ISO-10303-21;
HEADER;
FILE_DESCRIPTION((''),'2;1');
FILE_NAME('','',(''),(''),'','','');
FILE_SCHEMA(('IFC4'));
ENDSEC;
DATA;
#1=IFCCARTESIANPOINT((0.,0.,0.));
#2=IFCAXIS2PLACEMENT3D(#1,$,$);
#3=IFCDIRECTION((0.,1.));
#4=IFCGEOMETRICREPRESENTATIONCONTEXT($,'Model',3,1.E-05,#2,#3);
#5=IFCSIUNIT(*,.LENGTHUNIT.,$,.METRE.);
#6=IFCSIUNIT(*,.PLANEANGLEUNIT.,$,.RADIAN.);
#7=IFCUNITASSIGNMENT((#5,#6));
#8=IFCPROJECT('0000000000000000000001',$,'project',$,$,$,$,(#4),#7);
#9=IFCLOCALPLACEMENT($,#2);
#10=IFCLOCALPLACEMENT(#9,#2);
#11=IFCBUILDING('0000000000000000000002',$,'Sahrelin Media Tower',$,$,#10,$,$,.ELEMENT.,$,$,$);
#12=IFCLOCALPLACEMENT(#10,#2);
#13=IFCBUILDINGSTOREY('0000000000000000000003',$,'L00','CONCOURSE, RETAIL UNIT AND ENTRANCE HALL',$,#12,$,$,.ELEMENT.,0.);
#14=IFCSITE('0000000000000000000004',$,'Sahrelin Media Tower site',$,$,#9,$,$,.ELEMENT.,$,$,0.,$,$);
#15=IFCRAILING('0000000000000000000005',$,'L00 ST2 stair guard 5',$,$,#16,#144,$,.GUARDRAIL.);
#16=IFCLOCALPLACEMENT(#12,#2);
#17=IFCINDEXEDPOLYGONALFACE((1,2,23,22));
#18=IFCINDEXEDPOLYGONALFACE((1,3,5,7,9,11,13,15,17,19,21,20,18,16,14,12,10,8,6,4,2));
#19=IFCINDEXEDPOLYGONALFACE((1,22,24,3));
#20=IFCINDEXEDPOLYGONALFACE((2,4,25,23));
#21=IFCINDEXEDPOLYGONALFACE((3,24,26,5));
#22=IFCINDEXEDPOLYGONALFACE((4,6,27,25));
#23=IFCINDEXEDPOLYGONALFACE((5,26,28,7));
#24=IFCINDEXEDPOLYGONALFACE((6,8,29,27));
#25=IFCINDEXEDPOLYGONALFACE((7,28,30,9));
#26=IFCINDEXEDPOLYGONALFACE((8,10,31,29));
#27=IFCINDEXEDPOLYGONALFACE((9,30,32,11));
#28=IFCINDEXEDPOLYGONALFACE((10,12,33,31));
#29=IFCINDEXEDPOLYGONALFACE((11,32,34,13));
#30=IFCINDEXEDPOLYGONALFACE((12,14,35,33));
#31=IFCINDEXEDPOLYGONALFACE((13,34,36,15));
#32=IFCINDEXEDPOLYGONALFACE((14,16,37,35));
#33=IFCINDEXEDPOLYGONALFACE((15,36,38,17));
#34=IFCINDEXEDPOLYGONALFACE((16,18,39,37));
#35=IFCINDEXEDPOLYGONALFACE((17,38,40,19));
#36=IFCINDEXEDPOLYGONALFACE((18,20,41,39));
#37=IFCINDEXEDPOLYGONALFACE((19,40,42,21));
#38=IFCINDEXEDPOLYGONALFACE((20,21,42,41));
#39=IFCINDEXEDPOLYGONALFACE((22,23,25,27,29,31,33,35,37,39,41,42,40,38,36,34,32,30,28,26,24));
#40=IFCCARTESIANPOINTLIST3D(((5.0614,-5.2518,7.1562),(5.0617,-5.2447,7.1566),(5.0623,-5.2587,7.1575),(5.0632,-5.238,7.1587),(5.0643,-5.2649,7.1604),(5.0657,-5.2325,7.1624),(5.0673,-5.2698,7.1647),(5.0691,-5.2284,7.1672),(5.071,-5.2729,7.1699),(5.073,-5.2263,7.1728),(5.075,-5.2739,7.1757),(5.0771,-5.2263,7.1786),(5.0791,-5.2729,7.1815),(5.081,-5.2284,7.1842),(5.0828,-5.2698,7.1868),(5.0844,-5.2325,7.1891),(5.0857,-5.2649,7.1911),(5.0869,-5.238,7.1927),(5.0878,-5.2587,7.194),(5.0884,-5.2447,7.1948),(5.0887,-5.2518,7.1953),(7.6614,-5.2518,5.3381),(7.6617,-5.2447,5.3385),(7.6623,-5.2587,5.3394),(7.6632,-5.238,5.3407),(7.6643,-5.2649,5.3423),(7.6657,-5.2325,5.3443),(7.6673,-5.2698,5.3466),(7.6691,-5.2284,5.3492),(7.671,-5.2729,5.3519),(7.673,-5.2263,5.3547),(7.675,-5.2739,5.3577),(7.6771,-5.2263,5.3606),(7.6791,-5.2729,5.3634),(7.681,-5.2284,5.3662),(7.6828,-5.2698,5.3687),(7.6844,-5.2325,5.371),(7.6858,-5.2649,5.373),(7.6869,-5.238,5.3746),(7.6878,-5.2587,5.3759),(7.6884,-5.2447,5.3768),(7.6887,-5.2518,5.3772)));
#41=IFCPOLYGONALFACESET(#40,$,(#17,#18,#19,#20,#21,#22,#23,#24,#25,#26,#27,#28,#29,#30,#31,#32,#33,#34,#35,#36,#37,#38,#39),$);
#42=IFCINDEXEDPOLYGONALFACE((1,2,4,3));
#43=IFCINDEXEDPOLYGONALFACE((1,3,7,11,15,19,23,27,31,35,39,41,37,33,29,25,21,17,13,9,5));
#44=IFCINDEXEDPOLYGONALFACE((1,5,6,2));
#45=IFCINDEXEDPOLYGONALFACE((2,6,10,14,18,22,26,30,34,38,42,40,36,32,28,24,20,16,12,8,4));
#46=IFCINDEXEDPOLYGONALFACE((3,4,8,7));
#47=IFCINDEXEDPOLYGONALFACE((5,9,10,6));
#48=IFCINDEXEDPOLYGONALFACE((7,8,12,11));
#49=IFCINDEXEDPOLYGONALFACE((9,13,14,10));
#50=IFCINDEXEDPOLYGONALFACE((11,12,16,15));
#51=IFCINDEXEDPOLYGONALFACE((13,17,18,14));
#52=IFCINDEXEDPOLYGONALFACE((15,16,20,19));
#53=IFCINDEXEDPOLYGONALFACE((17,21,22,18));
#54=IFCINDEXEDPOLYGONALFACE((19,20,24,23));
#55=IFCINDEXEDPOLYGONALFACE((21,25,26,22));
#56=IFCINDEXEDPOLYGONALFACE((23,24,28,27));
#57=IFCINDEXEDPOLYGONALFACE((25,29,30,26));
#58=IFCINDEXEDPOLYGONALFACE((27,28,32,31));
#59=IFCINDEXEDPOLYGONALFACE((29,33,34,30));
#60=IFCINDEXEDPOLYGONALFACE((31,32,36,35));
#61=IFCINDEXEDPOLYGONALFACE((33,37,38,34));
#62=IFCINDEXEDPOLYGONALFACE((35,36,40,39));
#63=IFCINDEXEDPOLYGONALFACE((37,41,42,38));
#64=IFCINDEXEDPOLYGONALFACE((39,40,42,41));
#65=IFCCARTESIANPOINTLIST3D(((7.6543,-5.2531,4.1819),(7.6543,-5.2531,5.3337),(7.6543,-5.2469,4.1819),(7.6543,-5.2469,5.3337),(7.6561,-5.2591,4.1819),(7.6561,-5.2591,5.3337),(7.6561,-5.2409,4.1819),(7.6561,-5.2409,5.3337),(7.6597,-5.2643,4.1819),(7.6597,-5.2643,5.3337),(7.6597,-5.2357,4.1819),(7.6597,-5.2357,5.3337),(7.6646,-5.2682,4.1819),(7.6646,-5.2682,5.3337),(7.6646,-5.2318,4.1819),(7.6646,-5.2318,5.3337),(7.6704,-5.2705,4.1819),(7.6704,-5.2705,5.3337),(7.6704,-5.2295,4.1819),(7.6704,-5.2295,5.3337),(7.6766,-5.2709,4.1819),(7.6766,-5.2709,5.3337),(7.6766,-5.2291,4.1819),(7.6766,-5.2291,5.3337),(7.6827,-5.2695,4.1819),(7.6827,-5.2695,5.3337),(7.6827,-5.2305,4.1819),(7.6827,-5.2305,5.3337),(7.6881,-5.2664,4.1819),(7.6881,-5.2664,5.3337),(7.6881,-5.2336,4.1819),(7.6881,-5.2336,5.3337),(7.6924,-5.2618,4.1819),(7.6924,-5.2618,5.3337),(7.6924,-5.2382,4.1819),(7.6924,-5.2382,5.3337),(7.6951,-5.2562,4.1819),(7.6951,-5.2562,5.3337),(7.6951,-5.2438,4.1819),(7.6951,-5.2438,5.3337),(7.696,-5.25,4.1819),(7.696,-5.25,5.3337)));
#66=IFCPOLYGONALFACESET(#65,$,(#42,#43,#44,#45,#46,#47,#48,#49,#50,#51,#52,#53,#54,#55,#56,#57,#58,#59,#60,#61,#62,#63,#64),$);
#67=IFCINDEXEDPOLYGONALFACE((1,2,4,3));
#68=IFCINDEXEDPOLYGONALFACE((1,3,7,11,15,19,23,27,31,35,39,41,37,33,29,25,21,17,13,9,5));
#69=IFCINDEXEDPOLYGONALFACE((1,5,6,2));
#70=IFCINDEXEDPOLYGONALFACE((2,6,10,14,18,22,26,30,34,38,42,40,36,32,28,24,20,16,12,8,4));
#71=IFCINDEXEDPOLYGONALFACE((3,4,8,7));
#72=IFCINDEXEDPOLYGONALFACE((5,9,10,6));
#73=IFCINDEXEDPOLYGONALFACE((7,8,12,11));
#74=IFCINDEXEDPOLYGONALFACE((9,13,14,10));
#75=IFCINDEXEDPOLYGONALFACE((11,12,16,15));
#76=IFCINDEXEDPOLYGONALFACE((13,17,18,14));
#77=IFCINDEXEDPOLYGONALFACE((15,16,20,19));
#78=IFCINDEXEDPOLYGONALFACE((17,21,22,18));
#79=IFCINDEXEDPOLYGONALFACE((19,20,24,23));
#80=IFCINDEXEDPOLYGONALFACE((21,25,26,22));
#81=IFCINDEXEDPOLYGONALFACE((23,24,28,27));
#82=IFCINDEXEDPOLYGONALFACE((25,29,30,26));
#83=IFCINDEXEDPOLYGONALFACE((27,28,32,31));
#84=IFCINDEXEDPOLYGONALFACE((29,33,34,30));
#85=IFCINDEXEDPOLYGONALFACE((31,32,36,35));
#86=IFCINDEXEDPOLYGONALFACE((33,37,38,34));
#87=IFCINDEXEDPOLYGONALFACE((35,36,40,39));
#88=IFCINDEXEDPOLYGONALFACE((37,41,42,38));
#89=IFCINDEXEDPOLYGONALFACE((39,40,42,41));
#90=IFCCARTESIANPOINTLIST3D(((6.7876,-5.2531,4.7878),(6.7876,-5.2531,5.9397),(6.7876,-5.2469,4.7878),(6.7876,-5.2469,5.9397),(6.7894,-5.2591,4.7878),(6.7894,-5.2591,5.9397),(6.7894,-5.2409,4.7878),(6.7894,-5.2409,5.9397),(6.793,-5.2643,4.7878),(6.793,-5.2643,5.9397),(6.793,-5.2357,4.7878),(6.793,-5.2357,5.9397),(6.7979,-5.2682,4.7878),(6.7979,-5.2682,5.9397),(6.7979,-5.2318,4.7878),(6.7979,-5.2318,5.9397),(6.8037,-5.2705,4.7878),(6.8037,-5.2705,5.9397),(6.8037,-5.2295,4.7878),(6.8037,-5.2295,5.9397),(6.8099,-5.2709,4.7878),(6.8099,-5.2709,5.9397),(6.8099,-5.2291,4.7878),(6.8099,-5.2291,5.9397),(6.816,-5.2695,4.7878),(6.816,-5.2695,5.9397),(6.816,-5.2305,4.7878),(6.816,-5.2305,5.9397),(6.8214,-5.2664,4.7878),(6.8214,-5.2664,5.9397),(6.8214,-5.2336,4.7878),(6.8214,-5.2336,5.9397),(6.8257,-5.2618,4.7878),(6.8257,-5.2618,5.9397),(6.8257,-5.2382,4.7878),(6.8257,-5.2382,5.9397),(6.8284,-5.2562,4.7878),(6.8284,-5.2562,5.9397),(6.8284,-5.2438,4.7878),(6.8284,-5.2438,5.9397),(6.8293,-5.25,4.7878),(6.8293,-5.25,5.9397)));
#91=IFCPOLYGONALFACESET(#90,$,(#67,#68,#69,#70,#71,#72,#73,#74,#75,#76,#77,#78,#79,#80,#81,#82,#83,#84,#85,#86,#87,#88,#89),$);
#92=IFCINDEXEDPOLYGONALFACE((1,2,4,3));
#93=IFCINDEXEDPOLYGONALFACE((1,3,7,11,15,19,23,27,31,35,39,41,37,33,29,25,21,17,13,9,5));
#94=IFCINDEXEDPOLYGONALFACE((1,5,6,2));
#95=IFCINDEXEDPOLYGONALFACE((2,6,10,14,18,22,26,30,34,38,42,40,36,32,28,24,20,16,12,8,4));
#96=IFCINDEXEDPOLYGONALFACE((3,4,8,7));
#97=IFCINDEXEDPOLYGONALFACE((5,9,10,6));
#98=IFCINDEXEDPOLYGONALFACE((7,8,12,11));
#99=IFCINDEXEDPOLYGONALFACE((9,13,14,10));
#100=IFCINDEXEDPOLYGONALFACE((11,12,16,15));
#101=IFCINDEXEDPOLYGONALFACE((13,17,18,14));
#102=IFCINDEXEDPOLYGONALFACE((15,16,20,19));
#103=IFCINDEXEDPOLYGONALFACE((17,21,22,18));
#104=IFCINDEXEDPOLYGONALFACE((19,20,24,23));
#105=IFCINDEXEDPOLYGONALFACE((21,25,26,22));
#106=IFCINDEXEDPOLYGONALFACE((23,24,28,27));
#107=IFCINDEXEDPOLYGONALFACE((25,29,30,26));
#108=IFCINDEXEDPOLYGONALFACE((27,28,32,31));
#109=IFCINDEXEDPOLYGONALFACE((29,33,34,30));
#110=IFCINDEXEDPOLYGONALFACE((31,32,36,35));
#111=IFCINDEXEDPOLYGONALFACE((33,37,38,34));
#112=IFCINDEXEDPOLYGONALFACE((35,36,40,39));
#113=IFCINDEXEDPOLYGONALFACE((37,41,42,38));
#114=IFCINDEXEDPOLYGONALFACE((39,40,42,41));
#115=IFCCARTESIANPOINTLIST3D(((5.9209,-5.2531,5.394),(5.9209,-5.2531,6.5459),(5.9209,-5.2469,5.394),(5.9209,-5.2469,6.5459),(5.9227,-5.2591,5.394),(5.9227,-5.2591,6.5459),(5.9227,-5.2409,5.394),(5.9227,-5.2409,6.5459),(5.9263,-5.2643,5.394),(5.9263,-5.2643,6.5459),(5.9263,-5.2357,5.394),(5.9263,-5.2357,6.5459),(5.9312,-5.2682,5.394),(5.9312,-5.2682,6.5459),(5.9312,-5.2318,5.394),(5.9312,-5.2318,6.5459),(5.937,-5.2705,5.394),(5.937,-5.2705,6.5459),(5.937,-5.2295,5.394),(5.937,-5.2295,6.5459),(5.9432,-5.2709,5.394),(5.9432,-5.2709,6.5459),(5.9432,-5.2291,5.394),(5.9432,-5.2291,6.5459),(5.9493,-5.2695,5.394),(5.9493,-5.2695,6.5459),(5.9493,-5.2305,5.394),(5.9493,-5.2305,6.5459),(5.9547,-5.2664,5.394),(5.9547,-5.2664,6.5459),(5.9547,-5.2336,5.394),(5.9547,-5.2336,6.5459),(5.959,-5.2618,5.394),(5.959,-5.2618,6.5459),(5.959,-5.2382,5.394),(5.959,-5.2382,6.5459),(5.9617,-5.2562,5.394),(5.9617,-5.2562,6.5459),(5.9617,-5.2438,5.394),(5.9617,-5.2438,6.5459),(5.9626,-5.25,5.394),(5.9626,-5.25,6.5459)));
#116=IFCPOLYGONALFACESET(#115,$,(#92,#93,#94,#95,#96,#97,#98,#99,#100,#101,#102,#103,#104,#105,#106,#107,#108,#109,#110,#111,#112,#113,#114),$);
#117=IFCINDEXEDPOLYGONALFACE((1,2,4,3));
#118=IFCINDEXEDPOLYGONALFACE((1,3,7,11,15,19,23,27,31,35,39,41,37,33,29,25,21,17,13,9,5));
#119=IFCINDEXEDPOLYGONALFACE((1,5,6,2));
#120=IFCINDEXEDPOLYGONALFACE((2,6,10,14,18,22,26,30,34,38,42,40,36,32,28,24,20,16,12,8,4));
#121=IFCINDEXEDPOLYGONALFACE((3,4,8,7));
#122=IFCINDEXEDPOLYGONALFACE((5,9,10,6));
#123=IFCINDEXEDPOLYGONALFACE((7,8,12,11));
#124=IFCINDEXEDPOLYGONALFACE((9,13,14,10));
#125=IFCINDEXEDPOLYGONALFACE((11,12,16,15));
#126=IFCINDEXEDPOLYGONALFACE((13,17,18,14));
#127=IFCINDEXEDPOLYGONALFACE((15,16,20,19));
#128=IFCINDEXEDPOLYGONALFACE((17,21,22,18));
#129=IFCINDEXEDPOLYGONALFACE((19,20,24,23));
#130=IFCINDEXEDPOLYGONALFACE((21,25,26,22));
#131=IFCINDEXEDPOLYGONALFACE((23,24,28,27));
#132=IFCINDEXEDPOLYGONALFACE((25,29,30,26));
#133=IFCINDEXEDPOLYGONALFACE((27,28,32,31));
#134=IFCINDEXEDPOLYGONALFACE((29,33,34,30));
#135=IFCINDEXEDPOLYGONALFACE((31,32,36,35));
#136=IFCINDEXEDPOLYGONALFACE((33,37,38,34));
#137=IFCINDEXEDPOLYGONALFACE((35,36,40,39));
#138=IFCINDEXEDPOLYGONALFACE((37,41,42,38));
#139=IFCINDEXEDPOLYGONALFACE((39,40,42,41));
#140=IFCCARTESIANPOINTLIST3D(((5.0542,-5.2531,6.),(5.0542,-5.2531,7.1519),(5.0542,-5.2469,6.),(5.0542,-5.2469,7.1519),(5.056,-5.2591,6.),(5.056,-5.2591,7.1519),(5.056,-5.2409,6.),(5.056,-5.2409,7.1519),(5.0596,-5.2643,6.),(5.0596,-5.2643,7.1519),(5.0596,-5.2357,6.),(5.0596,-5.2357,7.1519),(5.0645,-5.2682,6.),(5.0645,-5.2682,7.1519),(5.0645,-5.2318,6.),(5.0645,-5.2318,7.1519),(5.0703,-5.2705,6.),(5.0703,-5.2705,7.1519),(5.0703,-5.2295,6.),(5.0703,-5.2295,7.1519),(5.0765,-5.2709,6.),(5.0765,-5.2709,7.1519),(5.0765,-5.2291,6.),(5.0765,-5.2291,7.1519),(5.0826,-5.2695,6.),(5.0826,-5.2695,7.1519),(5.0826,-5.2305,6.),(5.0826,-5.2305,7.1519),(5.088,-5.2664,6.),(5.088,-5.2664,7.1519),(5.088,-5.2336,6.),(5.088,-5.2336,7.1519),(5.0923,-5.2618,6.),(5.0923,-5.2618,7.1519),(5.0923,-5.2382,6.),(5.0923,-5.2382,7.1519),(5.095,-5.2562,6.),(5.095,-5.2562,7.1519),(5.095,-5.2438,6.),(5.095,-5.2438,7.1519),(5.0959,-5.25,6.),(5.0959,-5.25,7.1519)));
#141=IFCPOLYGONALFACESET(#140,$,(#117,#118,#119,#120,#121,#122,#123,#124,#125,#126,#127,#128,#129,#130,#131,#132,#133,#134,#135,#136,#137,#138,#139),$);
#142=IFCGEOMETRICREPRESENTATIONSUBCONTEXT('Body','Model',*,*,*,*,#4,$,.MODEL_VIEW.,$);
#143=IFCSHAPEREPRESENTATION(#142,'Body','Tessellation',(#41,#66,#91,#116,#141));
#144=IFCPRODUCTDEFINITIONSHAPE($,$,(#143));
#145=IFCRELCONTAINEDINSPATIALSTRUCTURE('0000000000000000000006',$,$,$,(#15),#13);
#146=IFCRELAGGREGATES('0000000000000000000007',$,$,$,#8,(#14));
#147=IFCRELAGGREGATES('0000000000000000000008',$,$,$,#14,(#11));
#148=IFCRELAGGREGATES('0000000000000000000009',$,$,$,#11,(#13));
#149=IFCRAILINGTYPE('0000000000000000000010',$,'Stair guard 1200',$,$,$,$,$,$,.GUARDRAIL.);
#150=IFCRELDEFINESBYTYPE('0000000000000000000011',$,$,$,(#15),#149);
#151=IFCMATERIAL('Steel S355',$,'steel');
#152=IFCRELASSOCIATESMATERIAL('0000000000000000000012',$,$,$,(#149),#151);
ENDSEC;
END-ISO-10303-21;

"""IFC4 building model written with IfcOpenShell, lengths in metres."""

from ifc_helpers import new_model, si_unit, direction, frame, origin, origin_2d, place, context, subcontext, project, spatial, circle, extrude, material, type_object, element, save


model = new_model("IFC4")

# Units and contexts
model_context = context("Model", 3, precision=1e-05, world=origin(), true_north=direction((0.0, 1.0)))
body_context = subcontext(model_context, "Body", "Model", "MODEL_VIEW")
ifc_project = project(units=[si_unit("LENGTHUNIT", "METRE"), si_unit("PLANEANGLEUNIT", "RADIAN")], contexts=[model_context])

# Site, building, storey
site_placement = place(None, origin())
site = spatial("IfcSite", under=ifc_project, at=site_placement, Name="Sahrelin Media Tower site", CompositionType="ELEMENT", RefElevation=0.0)
building_placement = place(site_placement, origin())
building = spatial("IfcBuilding", under=site, at=building_placement, Name="Sahrelin Media Tower", CompositionType="ELEMENT")
storey_placement = place(building_placement, origin())
storey = spatial("IfcBuildingStorey", under=building, at=storey_placement, Name="L00", Description="CONCOURSE, RETAIL UNIT AND ENTRANCE HALL", CompositionType="ELEMENT", Elevation=0.0)

# Shared definitions
ifc_material_1 = material(Name="Steel S355", Category="steel")

# Railing
railing_type_1 = type_object("IfcRailingType", Name="Stair guard 1200", PredefinedType="GUARDRAIL", material=ifc_material_1)
railing_1_placement = place(storey_placement, frame((7.675, -5.25, 4.1819)))
element("IfcRailing", 1, at=railing_1_placement, inside=storey, type_object=railing_type_1, Name="L00 ST2 stair guard 5", PredefinedType="GUARDRAIL", context=body_context, shape_type="SweptSolid", body=[
    extrude(circle(Radius=0.0239, at=origin_2d()), frame((0.0, 0.0, 1.1758), z_axis=(-0.819521, 0.0, 0.573049), x_axis=(0.0, -1.0, 0.0)), (0.0, 0.0, 1.0), 3.1726),
    extrude(circle(Radius=0.021, at=origin_2d()), origin(), (0.0, 0.0, 1.0), 1.1519),
    extrude(circle(Radius=0.021, at=origin_2d()), frame((-0.8667, 0.0, 0.606)), (0.0, 0.0, 1.0), 1.1519),
    extrude(circle(Radius=0.021, at=origin_2d()), frame((-1.7334, 0.0, 1.2122)), (0.0, 0.0, 1.0), 1.1519),
    extrude(circle(Radius=0.021, at=origin_2d()), frame((-2.6001, 0.0, 1.8181)), (0.0, 0.0, 1.0), 1.1519),
])

save(model, "model.ifc")
